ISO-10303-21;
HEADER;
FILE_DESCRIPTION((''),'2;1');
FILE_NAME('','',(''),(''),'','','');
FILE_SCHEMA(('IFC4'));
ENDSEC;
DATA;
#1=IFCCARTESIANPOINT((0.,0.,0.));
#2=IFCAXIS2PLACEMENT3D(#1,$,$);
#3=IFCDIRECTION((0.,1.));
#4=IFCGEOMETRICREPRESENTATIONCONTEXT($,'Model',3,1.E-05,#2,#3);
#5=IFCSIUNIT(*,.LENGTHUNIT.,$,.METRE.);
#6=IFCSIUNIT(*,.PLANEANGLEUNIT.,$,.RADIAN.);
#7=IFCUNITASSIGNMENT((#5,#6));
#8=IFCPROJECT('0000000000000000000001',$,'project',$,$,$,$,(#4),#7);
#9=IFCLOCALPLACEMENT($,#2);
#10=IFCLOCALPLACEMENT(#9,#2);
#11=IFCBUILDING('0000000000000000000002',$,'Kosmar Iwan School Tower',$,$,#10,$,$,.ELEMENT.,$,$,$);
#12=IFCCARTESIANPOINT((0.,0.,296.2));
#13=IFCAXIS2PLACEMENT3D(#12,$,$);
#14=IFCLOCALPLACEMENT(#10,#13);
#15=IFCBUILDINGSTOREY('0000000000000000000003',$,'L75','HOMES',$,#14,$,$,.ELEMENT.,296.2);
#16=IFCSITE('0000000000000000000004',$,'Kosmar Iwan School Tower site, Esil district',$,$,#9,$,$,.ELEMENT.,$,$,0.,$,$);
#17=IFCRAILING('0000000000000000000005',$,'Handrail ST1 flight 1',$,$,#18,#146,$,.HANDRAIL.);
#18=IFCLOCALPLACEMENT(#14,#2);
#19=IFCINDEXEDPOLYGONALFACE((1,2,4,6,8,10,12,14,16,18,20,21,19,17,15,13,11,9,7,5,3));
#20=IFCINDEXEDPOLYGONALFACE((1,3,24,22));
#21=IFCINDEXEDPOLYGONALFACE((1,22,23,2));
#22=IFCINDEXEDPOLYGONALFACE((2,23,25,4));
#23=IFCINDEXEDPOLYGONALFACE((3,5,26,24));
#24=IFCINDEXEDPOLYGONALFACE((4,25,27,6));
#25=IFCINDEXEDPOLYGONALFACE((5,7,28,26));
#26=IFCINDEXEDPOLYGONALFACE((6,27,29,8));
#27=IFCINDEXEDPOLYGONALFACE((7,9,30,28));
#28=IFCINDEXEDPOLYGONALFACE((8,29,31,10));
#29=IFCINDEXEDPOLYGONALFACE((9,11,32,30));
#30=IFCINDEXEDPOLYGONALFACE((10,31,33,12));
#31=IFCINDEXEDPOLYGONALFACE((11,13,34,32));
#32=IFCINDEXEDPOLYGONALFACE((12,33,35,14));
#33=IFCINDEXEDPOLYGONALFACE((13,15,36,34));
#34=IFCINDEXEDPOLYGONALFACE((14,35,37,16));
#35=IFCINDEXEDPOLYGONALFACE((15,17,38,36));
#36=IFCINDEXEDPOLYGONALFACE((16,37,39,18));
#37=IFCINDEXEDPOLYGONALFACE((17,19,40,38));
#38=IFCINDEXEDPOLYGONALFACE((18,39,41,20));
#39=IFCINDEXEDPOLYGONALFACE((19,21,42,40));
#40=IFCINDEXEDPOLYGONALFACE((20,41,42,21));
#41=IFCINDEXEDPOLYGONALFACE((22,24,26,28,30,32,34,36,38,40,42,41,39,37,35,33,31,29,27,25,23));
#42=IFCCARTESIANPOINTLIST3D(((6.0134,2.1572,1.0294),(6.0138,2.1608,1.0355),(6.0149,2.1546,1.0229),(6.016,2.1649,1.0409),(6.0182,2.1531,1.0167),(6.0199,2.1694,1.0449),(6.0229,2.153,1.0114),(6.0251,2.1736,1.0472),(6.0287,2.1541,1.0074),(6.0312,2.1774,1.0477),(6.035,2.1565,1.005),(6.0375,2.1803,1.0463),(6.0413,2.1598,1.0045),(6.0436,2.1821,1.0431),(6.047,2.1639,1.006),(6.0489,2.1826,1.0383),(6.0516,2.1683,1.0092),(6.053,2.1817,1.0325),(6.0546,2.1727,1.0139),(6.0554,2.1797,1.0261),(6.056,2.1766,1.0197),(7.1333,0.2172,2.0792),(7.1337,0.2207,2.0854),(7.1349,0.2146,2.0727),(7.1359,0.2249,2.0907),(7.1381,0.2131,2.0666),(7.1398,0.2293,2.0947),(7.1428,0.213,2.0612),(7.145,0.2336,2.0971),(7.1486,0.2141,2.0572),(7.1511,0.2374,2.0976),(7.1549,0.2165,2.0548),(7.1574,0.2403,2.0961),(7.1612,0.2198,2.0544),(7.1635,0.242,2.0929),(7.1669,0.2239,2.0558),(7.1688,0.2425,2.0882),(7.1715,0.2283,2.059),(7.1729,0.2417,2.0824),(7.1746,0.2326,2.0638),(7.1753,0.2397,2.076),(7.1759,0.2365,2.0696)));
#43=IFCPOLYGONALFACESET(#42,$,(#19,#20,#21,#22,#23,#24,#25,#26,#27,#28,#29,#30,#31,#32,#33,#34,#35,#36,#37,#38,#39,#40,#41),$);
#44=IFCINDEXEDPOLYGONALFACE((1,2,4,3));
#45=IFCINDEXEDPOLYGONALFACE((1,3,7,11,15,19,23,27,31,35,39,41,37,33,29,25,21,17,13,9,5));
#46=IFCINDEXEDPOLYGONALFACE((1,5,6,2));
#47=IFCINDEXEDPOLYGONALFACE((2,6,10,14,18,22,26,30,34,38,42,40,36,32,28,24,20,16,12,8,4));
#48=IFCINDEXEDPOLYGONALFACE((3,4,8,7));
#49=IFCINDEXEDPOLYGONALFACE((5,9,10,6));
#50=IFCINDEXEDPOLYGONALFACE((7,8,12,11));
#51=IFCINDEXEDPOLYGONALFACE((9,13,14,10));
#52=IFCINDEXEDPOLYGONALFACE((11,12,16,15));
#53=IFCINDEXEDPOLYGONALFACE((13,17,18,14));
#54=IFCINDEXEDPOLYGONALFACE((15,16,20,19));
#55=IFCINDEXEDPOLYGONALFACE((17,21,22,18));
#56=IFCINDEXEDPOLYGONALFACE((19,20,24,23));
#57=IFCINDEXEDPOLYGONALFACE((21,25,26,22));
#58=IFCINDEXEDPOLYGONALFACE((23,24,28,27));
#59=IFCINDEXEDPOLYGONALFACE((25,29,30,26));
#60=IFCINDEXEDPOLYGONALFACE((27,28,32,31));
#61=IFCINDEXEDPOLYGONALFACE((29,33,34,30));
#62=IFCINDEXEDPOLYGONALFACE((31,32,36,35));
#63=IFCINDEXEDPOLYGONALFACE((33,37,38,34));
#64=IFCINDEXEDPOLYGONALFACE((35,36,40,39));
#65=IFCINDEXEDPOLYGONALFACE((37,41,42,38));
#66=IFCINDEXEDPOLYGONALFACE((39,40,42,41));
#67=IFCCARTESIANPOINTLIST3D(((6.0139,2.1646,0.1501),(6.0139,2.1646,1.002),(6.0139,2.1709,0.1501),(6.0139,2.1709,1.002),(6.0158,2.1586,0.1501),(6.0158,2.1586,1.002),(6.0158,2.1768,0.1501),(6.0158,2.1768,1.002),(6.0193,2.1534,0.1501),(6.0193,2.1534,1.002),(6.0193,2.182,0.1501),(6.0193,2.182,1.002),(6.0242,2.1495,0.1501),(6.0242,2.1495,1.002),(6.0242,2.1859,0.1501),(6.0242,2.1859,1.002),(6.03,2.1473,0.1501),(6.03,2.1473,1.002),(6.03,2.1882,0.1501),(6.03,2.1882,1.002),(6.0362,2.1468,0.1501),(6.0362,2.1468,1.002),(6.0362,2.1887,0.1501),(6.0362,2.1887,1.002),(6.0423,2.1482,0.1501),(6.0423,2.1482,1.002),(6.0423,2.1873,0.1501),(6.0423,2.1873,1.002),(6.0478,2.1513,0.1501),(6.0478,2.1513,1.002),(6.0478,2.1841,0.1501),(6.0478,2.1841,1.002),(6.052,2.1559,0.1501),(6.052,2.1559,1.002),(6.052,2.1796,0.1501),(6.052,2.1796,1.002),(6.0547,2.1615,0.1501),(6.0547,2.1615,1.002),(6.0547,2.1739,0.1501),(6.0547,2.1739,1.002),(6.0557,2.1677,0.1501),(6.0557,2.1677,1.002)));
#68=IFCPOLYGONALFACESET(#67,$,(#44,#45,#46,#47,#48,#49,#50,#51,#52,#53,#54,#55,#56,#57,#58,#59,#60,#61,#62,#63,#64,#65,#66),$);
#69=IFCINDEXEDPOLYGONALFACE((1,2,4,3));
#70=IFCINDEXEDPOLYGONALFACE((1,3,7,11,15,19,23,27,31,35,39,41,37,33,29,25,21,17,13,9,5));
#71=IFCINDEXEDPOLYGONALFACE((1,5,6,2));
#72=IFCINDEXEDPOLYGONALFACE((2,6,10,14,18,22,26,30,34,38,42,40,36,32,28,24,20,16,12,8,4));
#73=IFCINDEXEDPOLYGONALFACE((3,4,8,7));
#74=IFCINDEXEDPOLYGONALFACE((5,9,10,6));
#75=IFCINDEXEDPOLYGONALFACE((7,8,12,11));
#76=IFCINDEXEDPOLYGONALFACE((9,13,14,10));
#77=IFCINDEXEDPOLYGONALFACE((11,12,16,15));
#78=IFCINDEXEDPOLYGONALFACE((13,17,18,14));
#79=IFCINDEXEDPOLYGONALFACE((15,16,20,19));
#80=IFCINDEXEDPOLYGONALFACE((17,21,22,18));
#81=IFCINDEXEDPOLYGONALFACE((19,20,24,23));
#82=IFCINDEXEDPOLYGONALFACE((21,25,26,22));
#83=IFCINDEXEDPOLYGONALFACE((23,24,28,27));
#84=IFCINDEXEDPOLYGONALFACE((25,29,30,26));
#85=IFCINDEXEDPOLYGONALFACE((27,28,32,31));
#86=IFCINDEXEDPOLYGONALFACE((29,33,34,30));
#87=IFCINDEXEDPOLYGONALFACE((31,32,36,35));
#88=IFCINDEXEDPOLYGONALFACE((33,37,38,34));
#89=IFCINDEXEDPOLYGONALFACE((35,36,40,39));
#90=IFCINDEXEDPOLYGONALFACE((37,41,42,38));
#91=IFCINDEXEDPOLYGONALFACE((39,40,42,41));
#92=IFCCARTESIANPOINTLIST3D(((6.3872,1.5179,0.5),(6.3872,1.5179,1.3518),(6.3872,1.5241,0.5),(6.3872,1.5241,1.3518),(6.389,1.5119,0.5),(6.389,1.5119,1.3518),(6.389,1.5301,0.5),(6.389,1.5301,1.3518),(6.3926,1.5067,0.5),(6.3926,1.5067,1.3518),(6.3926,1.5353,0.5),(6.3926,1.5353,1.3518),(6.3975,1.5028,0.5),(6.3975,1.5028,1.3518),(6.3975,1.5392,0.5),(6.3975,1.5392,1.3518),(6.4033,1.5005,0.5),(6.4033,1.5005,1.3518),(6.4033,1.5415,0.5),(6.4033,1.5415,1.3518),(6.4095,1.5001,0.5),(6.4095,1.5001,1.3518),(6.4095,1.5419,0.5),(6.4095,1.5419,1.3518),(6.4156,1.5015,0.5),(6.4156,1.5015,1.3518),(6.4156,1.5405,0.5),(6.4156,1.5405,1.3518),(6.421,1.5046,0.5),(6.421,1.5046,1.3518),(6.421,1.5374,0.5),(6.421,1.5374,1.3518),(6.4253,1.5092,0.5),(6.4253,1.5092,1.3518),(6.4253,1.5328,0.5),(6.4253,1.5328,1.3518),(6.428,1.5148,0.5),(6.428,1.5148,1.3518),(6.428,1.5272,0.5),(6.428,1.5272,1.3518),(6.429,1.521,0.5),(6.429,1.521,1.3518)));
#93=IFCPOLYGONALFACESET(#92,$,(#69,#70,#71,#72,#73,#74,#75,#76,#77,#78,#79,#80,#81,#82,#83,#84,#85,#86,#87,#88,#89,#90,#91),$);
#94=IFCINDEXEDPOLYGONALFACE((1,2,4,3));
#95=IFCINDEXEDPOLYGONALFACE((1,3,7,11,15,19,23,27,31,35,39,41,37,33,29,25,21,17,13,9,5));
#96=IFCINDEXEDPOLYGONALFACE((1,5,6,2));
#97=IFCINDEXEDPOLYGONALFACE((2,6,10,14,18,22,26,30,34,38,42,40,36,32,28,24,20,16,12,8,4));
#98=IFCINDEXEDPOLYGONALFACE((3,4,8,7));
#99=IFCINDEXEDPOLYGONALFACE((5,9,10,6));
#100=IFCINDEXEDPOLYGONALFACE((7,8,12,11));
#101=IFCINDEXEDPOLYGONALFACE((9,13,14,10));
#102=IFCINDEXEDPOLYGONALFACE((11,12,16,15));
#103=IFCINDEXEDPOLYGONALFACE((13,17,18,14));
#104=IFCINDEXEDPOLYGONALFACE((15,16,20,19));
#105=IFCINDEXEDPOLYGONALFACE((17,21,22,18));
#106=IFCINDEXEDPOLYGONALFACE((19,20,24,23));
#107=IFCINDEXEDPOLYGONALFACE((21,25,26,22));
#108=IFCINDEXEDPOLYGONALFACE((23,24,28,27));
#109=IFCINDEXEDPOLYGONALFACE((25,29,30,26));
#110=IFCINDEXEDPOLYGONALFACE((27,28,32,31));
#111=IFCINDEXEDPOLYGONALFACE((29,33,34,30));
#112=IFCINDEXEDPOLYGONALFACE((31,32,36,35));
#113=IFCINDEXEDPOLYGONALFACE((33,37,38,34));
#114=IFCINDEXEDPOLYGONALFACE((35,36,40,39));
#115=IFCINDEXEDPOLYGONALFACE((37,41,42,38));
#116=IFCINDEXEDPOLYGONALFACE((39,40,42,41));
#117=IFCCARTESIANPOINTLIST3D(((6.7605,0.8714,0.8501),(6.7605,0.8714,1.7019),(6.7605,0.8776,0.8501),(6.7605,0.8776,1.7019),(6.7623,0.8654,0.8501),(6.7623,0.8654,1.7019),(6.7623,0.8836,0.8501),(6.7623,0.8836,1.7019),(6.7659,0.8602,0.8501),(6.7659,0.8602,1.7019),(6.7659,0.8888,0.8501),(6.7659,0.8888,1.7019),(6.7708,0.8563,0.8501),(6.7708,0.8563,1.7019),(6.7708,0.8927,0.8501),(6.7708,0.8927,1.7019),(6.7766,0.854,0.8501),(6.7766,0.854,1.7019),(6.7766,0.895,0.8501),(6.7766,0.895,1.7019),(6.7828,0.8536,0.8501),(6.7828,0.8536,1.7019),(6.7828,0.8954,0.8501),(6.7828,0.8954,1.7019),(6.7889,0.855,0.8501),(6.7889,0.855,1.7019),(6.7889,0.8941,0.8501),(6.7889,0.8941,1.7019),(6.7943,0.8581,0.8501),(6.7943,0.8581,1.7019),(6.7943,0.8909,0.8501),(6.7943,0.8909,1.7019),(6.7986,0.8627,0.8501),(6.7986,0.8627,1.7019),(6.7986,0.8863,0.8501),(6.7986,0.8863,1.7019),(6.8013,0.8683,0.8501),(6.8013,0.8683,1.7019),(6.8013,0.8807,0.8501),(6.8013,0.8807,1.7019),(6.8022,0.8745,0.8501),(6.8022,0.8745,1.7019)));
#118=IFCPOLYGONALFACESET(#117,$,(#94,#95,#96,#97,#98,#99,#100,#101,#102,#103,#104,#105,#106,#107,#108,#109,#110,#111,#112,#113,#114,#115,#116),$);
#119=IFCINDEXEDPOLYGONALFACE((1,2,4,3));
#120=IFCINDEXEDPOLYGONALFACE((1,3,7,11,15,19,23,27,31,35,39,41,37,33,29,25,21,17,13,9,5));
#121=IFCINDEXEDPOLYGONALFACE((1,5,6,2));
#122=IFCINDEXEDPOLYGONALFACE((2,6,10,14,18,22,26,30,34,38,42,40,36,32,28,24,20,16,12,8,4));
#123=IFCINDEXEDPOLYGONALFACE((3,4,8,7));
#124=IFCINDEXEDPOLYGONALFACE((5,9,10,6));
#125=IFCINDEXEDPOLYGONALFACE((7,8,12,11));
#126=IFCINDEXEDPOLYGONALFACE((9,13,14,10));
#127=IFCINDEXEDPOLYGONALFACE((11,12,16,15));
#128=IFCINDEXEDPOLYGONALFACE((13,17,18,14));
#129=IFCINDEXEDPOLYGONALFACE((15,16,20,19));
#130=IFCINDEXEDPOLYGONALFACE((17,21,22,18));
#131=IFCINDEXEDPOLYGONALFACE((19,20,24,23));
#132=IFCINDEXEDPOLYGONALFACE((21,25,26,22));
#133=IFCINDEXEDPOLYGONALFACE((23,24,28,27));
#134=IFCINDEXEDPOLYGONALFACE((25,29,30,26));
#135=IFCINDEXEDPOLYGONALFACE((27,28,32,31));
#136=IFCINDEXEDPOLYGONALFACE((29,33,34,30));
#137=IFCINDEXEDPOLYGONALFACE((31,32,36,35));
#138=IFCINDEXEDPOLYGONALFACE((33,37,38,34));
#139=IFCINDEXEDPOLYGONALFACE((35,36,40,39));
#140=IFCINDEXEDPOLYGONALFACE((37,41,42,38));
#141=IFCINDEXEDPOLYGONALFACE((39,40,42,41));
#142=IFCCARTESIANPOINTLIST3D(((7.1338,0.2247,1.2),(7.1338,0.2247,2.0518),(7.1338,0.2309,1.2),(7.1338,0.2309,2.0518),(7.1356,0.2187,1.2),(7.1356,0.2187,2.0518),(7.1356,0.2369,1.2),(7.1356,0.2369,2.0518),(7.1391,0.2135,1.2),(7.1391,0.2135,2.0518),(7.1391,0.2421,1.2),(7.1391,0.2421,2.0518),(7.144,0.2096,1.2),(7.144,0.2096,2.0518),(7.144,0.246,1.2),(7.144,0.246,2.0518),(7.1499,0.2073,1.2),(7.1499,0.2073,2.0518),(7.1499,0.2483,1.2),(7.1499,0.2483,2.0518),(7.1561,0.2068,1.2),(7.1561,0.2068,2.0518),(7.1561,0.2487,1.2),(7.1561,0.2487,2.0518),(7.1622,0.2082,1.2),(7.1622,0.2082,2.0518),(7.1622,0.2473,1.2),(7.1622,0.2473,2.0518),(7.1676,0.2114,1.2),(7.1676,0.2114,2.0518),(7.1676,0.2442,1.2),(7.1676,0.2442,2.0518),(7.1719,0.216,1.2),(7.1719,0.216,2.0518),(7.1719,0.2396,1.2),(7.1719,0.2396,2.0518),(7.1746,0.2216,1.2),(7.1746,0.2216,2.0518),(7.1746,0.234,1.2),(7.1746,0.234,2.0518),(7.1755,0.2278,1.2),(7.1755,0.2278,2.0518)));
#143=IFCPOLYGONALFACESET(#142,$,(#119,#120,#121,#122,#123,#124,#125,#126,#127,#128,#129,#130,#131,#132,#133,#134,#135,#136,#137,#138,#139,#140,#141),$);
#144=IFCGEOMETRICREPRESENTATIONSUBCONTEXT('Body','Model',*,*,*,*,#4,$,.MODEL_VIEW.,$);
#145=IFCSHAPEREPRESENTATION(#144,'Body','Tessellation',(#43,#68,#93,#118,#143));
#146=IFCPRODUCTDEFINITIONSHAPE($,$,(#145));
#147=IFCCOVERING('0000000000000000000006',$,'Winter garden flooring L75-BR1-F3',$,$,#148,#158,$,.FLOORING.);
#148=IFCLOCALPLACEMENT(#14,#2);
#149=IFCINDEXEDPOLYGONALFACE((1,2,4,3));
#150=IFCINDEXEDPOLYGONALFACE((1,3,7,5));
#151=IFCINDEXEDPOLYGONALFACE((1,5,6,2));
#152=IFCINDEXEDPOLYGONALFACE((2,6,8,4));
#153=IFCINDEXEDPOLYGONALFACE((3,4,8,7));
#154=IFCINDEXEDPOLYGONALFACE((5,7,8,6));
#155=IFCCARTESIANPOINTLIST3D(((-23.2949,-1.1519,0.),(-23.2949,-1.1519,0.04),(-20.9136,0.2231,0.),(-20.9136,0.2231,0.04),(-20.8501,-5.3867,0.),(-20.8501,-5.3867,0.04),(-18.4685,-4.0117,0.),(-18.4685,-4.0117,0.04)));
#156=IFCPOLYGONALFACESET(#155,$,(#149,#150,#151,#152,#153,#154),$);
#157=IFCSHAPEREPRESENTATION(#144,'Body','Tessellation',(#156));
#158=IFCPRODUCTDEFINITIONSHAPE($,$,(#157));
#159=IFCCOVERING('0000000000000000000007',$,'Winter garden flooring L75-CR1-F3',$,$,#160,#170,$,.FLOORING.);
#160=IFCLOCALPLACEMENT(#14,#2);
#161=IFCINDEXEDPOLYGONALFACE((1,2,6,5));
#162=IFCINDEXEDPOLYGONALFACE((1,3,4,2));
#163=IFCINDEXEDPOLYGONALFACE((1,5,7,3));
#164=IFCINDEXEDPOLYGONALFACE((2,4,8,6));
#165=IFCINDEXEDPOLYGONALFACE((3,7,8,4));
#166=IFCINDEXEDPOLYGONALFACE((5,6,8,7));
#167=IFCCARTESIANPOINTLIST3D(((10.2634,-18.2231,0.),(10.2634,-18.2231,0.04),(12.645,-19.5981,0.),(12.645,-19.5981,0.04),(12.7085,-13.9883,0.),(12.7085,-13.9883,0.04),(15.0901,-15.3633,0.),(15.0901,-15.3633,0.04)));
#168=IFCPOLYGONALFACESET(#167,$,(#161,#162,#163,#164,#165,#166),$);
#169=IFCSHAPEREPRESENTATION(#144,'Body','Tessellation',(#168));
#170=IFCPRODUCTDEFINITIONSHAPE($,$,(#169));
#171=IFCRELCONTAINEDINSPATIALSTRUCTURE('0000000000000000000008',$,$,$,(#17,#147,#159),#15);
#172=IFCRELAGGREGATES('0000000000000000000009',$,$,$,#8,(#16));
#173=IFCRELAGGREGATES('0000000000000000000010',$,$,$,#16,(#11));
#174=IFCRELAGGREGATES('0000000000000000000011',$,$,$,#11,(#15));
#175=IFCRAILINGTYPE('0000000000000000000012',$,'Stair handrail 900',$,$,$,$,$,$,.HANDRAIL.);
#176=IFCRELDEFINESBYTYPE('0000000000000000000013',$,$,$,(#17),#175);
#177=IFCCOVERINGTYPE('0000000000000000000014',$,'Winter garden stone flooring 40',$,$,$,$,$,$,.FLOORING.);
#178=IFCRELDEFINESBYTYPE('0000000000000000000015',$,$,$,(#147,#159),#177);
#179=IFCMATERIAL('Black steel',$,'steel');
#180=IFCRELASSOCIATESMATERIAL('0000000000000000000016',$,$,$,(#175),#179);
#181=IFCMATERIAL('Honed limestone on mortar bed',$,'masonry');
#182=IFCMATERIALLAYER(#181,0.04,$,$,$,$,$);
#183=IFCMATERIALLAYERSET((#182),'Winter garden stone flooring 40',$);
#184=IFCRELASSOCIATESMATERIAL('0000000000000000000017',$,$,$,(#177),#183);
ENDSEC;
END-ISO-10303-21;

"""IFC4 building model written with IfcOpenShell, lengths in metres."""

from ifc_helpers import new_model, si_unit, direction, frame, origin, origin_2d, place, context, subcontext, project, spatial, polyline, circle, outline, extrude, material, layer, layer_set, type_object, element, save


model = new_model("IFC4")

# Units and contexts
model_context = context("Model", 3, precision=1e-05, world=origin(), true_north=direction((0.0, 1.0)))
body_context = subcontext(model_context, "Body", "Model", "MODEL_VIEW")
ifc_project = project(units=[si_unit("LENGTHUNIT", "METRE"), si_unit("PLANEANGLEUNIT", "RADIAN")], contexts=[model_context])

# Site, building, storey
site_placement = place(None, origin())
site = spatial("IfcSite", under=ifc_project, at=site_placement, Name="Kosmar Iwan School Tower site, Esil district", CompositionType="ELEMENT", RefElevation=0.0)
building_placement = place(site_placement, origin())
building = spatial("IfcBuilding", under=site, at=building_placement, Name="Kosmar Iwan School Tower", CompositionType="ELEMENT")
storey_placement = place(building_placement, frame((0.0, 0.0, 296.2)))
storey = spatial("IfcBuildingStorey", under=building, at=storey_placement, Name="L75", Description="HOMES", CompositionType="ELEMENT", Elevation=296.2)

# Railing
ifc_material_1 = material(Name="Black steel", Category="steel")
railing_type = type_object("IfcRailingType", Name="Stair handrail 900", PredefinedType="HANDRAIL", material=ifc_material_1)
railing_placement = place(storey_placement, frame((6.0347, 2.1677, 0.1501)))
element("IfcRailing", 1, at=railing_placement, inside=storey, type_object=railing_type, Name="Handrail ST1 flight 1", PredefinedType="HANDRAIL", context=body_context, shape_type="SweptSolid", body=[
    extrude(circle(Radius=0.0239, at=origin_2d()), frame((0.0, 0.0, 0.876), z_axis=(0.452697, -0.784202, 0.424373), x_axis=(0.866055, 0.499949, 0.0)), (0.0, 0.0, 1.0), 2.4739),
    extrude(circle(Radius=0.021, at=origin_2d()), origin(), (0.0, 0.0, 1.0), 0.8518),
    extrude(circle(Radius=0.021, at=origin_2d()), frame((0.3733, -0.6467, 0.3499)), (0.0, 0.0, 1.0), 0.8518),
    extrude(circle(Radius=0.021, at=origin_2d()), frame((0.7466, -1.2932, 0.7)), (0.0, 0.0, 1.0), 0.8518),
    extrude(circle(Radius=0.021, at=origin_2d()), frame((1.1199, -1.9399, 1.0498)), (0.0, 0.0, 1.0), 0.8518),
])

# Coverings
ifc_material_2 = material(Name="Honed limestone on mortar bed", Category="masonry")
ifc_layer_1 = layer(ifc_material_2, 0.04)
ifc_layer_set_1 = layer_set([ifc_layer_1], Name="Winter garden stone flooring 40")
covering_type = type_object("IfcCoveringType", Name="Winter garden stone flooring 40", PredefinedType="FLOORING", material=ifc_layer_set_1)
covering_1_placement = place(storey_placement, origin())
element("IfcCovering", 2, at=covering_1_placement, inside=storey, type_object=covering_type, Name="Winter garden flooring L75-BR1-F3", PredefinedType="FLOORING", context=body_context, shape_type="SweptSolid", body=[
    extrude(outline(polyline([(-20.8501, -5.3867), (-18.4685, -4.0117), (-20.9136, 0.2231), (-23.2949, -1.1519), (-20.8501, -5.3867)])), origin(), (0.0, 0.0, 1.0), 0.04),
])
covering_2_placement = place(storey_placement, origin())
element("IfcCovering", 3, at=covering_2_placement, inside=storey, type_object=covering_type, Name="Winter garden flooring L75-CR1-F3", PredefinedType="FLOORING", context=body_context, shape_type="SweptSolid", body=[
    extrude(outline(polyline([(12.645, -19.5981), (15.0901, -15.3633), (12.7085, -13.9883), (10.2634, -18.2231), (12.645, -19.5981)])), origin(), (0.0, 0.0, 1.0), 0.04),
])

save(model, "model.ifc")
